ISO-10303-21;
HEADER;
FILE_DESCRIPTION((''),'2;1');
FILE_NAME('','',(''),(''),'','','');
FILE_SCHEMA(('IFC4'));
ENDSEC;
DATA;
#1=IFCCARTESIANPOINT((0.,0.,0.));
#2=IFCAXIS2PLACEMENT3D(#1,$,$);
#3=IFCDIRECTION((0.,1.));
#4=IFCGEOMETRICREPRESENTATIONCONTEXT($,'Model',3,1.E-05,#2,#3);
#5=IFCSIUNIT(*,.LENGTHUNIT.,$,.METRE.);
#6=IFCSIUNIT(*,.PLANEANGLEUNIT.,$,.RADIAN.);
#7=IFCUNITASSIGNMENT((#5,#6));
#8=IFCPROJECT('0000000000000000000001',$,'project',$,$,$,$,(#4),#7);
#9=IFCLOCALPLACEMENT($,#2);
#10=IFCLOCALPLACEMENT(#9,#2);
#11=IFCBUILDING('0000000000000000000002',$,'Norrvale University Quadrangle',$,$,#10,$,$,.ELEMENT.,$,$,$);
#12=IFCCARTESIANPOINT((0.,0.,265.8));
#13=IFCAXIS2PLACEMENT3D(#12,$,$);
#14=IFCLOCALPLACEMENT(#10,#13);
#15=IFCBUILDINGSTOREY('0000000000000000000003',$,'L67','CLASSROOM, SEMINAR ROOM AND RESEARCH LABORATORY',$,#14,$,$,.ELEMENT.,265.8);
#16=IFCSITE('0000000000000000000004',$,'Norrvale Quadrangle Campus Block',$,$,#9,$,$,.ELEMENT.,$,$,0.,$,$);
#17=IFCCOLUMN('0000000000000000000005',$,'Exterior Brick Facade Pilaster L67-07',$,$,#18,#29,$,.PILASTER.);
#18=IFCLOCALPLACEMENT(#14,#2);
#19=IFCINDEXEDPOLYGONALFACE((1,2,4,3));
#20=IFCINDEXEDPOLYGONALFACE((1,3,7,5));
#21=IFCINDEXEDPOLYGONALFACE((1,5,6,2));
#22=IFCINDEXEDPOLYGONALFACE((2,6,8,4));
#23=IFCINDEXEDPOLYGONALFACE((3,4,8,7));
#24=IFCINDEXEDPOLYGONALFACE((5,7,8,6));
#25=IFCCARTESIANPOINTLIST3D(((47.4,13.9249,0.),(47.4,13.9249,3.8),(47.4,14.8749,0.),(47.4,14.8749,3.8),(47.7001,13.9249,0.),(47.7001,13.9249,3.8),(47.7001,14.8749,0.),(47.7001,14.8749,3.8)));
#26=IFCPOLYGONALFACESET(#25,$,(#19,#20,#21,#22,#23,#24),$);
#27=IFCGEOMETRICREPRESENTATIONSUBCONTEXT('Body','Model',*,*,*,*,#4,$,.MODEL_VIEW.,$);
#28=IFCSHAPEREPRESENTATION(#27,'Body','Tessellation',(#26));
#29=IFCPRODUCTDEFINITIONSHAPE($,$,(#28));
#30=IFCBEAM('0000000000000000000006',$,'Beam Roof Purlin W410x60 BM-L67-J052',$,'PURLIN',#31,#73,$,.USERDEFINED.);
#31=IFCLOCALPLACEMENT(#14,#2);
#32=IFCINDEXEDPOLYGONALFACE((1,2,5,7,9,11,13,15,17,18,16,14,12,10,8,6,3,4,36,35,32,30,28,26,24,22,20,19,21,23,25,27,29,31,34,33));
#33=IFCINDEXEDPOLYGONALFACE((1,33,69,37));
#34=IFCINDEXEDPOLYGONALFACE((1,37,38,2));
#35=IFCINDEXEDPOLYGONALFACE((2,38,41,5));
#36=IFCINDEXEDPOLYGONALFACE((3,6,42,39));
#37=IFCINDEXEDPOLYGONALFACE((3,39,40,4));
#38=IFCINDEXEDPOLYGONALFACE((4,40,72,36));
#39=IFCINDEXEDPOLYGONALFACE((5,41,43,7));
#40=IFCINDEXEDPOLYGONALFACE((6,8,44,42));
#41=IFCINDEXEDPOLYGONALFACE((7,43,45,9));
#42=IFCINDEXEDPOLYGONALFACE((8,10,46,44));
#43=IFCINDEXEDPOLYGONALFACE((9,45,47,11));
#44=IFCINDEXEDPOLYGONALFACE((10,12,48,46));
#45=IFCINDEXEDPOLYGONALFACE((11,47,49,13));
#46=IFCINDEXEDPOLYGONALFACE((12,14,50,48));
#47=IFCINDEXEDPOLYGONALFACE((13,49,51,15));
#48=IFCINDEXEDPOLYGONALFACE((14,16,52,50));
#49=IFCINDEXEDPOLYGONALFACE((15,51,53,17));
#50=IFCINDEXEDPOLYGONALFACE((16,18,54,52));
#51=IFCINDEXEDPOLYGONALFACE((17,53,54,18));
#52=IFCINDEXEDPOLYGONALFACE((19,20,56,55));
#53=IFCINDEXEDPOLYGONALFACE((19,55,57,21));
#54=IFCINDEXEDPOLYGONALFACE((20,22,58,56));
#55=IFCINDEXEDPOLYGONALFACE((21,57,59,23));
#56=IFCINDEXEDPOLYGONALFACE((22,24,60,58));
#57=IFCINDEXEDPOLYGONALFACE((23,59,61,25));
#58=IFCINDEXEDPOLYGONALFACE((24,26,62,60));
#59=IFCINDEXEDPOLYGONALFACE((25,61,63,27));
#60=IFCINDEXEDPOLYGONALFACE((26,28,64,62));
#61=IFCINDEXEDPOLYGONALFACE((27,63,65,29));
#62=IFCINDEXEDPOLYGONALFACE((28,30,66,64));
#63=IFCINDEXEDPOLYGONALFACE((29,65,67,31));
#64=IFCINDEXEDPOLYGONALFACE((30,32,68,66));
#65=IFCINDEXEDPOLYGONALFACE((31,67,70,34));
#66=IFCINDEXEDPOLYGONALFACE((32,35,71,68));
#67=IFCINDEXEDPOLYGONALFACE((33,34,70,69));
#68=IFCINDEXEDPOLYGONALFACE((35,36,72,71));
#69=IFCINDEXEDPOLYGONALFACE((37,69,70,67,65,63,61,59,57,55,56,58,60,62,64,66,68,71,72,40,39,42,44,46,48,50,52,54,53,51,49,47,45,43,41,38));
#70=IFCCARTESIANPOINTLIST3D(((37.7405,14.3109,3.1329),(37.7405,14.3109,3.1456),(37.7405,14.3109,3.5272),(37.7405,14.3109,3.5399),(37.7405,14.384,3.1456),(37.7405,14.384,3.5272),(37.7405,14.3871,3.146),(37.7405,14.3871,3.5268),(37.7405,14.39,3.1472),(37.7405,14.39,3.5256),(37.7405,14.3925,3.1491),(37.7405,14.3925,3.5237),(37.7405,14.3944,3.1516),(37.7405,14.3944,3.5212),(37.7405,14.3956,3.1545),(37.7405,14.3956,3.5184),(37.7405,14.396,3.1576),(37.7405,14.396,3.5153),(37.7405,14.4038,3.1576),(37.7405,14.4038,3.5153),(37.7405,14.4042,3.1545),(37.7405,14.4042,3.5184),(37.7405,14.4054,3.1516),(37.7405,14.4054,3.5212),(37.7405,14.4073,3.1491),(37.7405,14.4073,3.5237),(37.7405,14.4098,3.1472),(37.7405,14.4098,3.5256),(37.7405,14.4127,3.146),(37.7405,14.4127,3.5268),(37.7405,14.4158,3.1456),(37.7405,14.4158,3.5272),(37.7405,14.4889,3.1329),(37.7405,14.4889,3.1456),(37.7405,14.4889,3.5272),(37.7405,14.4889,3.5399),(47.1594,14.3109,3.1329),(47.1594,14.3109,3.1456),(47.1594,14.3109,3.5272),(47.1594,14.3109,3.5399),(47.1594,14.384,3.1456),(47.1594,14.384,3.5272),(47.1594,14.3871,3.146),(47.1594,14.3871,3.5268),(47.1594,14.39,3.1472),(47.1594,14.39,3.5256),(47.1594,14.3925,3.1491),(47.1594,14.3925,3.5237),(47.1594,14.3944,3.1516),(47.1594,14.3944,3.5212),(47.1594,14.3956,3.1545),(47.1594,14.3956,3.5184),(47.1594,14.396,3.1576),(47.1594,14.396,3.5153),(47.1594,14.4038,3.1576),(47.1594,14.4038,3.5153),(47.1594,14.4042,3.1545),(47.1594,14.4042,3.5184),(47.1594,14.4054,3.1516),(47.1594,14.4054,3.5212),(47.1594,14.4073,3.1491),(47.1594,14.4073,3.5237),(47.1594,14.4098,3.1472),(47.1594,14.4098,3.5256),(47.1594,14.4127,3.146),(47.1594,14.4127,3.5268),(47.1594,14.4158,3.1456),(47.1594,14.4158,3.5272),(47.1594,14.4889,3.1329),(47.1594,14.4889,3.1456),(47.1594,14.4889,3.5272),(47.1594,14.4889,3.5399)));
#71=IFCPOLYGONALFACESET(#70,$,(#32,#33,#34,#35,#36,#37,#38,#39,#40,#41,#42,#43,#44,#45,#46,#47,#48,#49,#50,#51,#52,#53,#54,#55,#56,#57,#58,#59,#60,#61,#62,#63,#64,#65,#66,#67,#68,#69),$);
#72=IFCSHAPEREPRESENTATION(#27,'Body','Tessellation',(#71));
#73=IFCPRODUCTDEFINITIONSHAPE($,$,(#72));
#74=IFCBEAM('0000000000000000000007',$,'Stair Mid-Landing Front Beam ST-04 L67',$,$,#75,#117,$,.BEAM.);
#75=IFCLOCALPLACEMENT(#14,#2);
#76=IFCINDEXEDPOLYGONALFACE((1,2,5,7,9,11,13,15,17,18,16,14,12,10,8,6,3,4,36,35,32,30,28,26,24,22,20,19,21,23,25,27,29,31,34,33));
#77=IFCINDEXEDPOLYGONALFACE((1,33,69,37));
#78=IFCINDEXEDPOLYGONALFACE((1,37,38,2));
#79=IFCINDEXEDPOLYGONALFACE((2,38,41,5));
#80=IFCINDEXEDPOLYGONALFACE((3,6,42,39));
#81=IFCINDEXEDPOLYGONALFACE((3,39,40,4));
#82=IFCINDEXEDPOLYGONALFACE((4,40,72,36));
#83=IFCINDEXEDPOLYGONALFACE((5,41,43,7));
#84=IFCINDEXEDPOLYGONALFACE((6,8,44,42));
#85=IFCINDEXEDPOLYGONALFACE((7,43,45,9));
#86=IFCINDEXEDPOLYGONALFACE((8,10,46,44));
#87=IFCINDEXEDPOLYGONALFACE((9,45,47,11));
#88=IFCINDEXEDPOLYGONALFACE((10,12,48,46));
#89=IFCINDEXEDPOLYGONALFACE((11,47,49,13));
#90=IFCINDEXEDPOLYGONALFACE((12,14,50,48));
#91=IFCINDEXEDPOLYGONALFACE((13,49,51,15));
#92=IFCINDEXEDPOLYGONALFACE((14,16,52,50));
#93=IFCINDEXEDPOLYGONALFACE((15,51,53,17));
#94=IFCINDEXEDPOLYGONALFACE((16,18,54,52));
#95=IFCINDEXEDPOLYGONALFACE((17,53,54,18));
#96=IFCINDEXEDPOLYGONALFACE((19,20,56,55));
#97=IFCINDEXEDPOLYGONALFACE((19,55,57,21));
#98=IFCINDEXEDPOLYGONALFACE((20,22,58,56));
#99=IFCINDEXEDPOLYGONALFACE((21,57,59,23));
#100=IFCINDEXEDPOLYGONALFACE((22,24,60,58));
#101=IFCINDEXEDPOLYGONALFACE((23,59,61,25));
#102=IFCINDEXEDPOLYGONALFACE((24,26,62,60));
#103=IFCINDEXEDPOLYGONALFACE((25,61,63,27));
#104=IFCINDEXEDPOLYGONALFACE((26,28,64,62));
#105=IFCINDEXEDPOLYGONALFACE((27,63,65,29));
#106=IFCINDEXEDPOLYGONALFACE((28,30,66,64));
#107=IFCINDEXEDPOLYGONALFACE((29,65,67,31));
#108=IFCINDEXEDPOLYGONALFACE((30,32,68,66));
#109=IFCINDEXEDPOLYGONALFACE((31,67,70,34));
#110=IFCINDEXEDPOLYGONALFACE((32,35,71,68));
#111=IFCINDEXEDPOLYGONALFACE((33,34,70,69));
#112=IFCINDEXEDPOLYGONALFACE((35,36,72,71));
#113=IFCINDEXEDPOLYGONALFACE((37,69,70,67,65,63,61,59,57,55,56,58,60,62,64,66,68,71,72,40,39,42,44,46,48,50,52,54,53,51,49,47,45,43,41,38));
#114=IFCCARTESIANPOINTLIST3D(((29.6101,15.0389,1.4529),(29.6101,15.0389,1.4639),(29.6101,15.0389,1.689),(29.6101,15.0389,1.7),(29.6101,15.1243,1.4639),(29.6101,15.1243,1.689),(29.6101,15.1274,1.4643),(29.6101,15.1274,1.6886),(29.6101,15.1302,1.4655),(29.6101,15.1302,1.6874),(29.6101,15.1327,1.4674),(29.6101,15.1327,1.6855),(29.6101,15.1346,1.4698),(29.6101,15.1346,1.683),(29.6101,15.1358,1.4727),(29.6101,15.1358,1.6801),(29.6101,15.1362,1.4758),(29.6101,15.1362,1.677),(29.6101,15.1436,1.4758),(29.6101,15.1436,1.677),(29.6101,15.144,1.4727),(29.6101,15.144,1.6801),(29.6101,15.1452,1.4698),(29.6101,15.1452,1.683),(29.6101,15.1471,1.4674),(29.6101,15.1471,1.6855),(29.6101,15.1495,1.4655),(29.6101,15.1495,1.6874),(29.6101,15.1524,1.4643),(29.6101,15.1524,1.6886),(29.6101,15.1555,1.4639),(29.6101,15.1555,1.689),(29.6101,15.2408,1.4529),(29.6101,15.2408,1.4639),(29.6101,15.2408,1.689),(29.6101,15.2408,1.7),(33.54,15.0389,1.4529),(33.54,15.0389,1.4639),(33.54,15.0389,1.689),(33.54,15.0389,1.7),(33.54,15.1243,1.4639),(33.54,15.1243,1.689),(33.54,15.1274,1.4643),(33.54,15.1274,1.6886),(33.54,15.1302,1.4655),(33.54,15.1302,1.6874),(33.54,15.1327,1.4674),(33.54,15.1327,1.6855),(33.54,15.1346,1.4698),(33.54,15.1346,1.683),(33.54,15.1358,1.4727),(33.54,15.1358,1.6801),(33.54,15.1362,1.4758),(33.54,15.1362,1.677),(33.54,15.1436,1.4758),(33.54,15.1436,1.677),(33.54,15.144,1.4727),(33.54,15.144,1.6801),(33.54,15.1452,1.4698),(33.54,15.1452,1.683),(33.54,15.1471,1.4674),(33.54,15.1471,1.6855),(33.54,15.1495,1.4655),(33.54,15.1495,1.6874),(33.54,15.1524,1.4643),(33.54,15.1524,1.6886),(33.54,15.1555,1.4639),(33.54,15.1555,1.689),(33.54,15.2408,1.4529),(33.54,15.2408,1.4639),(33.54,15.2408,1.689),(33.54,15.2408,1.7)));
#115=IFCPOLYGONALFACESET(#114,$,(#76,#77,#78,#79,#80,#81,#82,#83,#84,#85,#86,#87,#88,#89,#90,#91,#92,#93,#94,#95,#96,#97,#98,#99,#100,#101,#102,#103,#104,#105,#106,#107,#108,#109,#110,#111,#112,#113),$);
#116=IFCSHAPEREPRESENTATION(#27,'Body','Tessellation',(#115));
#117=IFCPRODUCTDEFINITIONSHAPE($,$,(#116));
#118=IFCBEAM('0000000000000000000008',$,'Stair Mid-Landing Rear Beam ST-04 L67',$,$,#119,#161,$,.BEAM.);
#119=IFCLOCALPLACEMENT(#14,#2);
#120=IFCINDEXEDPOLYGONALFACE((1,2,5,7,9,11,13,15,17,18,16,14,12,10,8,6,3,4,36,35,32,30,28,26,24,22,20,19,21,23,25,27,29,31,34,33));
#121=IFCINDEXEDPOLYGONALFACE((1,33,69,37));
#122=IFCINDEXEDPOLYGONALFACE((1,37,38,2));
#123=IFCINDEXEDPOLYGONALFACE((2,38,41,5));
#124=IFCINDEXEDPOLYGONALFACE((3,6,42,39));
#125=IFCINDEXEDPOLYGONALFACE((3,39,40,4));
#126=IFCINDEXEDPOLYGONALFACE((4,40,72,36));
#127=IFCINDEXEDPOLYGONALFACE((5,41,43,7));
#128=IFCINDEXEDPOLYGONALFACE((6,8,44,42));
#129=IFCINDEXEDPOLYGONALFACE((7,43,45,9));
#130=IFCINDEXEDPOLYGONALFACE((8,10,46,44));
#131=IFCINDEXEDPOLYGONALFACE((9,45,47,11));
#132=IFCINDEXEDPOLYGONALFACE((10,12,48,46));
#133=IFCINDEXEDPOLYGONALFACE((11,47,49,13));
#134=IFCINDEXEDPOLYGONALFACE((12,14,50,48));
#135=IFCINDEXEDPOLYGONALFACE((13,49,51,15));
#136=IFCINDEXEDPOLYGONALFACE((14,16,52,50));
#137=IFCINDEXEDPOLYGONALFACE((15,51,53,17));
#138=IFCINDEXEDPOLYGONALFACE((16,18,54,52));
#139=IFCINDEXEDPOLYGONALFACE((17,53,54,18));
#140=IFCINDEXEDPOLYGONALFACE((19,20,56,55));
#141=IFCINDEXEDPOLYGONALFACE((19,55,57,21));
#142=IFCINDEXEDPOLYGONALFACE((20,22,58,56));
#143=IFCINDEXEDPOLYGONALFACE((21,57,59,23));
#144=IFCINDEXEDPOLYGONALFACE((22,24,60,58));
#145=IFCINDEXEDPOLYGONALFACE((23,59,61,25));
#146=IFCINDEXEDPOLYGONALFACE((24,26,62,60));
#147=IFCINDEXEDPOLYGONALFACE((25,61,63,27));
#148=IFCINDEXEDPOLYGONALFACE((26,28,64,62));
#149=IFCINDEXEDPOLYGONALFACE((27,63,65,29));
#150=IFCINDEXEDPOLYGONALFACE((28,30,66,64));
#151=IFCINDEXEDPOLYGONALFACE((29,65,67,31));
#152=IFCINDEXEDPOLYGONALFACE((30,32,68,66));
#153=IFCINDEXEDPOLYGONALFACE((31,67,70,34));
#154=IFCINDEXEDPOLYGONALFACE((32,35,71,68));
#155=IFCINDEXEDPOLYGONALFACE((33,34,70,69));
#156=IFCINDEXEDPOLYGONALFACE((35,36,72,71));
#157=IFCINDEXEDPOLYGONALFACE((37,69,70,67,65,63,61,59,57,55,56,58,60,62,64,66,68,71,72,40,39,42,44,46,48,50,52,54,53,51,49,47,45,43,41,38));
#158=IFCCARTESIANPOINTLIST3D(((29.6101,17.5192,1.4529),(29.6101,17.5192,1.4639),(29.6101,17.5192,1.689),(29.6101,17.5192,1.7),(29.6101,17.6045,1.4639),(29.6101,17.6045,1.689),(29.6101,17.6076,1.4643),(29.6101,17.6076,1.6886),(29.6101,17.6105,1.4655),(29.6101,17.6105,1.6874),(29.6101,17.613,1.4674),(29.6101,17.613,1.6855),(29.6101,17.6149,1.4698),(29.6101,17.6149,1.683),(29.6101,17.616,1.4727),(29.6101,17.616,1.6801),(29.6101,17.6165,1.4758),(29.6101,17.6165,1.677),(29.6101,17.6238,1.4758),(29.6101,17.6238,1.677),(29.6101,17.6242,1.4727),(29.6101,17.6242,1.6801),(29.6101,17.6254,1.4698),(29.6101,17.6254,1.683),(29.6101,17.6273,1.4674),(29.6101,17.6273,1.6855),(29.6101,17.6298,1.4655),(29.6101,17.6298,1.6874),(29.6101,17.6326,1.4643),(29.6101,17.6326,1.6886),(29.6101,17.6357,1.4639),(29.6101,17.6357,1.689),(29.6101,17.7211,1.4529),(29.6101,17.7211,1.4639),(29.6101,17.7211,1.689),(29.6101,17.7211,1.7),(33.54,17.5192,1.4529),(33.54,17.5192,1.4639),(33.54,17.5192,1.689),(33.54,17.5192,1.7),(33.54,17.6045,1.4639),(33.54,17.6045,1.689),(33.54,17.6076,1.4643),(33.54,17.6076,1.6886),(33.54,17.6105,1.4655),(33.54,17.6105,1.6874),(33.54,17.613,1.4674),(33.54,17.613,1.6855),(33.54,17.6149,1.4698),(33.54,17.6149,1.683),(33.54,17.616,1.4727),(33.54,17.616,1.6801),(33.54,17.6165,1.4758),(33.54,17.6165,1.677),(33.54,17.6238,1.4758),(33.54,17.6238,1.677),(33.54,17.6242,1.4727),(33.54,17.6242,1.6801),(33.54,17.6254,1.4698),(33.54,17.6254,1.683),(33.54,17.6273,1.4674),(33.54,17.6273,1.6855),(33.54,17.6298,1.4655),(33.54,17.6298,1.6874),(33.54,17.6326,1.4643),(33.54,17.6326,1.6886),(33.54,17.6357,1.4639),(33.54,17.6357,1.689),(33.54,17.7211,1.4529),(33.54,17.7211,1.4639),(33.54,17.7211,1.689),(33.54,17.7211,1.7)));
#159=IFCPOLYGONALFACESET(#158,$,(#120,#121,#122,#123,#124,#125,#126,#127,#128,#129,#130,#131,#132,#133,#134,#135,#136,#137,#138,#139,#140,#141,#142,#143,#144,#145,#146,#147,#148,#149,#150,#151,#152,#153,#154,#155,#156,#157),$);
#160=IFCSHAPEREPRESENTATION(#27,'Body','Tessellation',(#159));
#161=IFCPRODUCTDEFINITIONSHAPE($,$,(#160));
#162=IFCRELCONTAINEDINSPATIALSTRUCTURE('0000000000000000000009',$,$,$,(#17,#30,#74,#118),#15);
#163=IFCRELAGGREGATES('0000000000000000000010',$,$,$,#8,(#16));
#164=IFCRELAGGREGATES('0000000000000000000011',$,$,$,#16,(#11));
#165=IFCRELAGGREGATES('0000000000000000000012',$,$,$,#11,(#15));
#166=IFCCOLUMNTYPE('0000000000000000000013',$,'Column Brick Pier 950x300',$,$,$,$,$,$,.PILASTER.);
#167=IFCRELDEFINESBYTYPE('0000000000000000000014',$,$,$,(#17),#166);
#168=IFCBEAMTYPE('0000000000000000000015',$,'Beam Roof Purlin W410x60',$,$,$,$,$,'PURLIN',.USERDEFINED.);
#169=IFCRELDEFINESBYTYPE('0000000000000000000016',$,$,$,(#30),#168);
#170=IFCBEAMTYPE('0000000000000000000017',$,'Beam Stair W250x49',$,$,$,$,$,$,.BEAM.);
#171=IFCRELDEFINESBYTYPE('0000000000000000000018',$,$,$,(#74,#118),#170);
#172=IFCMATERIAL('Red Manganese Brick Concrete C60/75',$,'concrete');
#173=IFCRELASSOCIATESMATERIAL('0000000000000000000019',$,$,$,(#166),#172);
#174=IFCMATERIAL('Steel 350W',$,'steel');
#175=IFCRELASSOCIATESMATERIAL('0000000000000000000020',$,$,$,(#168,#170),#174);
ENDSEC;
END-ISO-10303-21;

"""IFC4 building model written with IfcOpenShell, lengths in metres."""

from ifc_helpers import new_model, si_unit, direction, frame, origin, origin_2d, place, context, subcontext, project, spatial, rectangle, i_section, extrude, material, material_profile, profile_set, type_object, element, save


model = new_model("IFC4")

# Units and contexts
model_context = context("Model", 3, precision=1e-05, world=origin(), true_north=direction((0.0, 1.0)))
body_context = subcontext(model_context, "Body", "Model", "MODEL_VIEW")
ifc_project = project(units=[si_unit("LENGTHUNIT", "METRE"), si_unit("PLANEANGLEUNIT", "RADIAN")], contexts=[model_context])

# Site, building, storey
site_placement = place(None, origin())
site = spatial("IfcSite", under=ifc_project, at=site_placement, Name="Norrvale Quadrangle Campus Block", CompositionType="ELEMENT", RefElevation=0.0)
building_placement = place(site_placement, origin())
building = spatial("IfcBuilding", under=site, at=building_placement, Name="Norrvale University Quadrangle", CompositionType="ELEMENT")
storey_placement = place(building_placement, frame((0.0, 0.0, 265.8)))
storey = spatial("IfcBuildingStorey", under=building, at=storey_placement, Name="L67", Description="CLASSROOM, SEMINAR ROOM AND RESEARCH LABORATORY", CompositionType="ELEMENT", Elevation=265.8)

# Column
ifc_material_1 = material(Name="Red Manganese Brick Concrete C60/75", Category="concrete")
ifc_material_profile_1 = material_profile(ifc_material_1, rectangle(XDim=0.95, YDim=0.3, at=origin_2d()), Name="Red Manganese Brick Concrete C60/75")
ifc_profile_set_1 = profile_set([ifc_material_profile_1], Name="Red Manganese Brick Concrete C60/75")
column_type = type_object("IfcColumnType", Name="Column Brick Pier 950x300", PredefinedType="PILASTER", material=ifc_profile_set_1)
column_placement = place(storey_placement, frame((47.55, 14.3999, 0.0), z_axis=(0.0, 0.0, 1.0), x_axis=(0.0, 1.0, 0.0)))
element("IfcColumn", 1, at=column_placement, inside=storey, type_object=column_type, Name="Exterior Brick Facade Pilaster L67-07", PredefinedType="PILASTER", context=body_context, shape_type="SweptSolid", body=[
    extrude(rectangle(XDim=0.95, YDim=0.3, at=origin_2d()), origin(), (0.0, 0.0, 1.0), 3.8),
])

# Beams
ifc_material_2 = material(Name="Steel 350W", Category="steel")
ifc_material_profile_2 = material_profile(ifc_material_2, i_section(OverallWidth=0.178, OverallDepth=0.407, WebThickness=0.0078, FlangeThickness=0.0127, FilletRadius=0.012, at=origin_2d()), Name="Steel 350W")
ifc_profile_set_2 = profile_set([ifc_material_profile_2], Name="Steel 350W")
beam_type_1 = type_object("IfcBeamType", Name="Beam Roof Purlin W410x60", ElementType="PURLIN", PredefinedType="USERDEFINED", material=ifc_profile_set_2)
beam_1_placement = place(storey_placement, frame((37.7405, 14.3999, 3.3364), z_axis=(1.0, 0.0, 0.0), x_axis=(0.0, 1.0, 0.0)))
element("IfcBeam", 2, at=beam_1_placement, inside=storey, type_object=beam_type_1, Name="Beam Roof Purlin W410x60 BM-L67-J052", ObjectType="PURLIN", PredefinedType="USERDEFINED", context=body_context, shape_type="SweptSolid", body=[
    extrude(i_section(OverallWidth=0.178, OverallDepth=0.407, WebThickness=0.0078, FlangeThickness=0.0127, FilletRadius=0.012, at=origin_2d()), origin(), (0.0, 0.0, 1.0), 9.4189),
])
ifc_material_profile_3 = material_profile(ifc_material_2, i_section(OverallWidth=0.2019, OverallDepth=0.2471, WebThickness=0.0073, FlangeThickness=0.011, FilletRadius=0.012, at=origin_2d()), Name="Steel 350W")
ifc_profile_set_3 = profile_set([ifc_material_profile_3], Name="Steel 350W")
beam_type_2 = type_object("IfcBeamType", Name="Beam Stair W250x49", PredefinedType="BEAM", material=ifc_profile_set_3)
for number, where, z_axis, x_axis, name in (
    (3, (29.6101, 15.1399, 1.5764), (1.0, 0.0, 0.0), (0.0, 1.0, 0.0), "Stair Mid-Landing Front Beam ST-04 L67"),
    (4, (29.6101, 17.6201, 1.5764), (1.0, 0.0, 0.0), (0.0, 1.0, 0.0), "Stair Mid-Landing Rear Beam ST-04 L67"),
):
    element("IfcBeam", number, at=place(storey_placement, frame(where, z_axis=z_axis, x_axis=x_axis)), inside=storey, type_object=beam_type_2, Name=name, PredefinedType="BEAM", context=body_context, shape_type="SweptSolid", body=[
        extrude(i_section(OverallWidth=0.2019, OverallDepth=0.2471, WebThickness=0.0073, FlangeThickness=0.011, FilletRadius=0.012, at=origin_2d()), origin(), (0.0, 0.0, 1.0), 3.9299),
    ])

save(model, "model.ifc")
